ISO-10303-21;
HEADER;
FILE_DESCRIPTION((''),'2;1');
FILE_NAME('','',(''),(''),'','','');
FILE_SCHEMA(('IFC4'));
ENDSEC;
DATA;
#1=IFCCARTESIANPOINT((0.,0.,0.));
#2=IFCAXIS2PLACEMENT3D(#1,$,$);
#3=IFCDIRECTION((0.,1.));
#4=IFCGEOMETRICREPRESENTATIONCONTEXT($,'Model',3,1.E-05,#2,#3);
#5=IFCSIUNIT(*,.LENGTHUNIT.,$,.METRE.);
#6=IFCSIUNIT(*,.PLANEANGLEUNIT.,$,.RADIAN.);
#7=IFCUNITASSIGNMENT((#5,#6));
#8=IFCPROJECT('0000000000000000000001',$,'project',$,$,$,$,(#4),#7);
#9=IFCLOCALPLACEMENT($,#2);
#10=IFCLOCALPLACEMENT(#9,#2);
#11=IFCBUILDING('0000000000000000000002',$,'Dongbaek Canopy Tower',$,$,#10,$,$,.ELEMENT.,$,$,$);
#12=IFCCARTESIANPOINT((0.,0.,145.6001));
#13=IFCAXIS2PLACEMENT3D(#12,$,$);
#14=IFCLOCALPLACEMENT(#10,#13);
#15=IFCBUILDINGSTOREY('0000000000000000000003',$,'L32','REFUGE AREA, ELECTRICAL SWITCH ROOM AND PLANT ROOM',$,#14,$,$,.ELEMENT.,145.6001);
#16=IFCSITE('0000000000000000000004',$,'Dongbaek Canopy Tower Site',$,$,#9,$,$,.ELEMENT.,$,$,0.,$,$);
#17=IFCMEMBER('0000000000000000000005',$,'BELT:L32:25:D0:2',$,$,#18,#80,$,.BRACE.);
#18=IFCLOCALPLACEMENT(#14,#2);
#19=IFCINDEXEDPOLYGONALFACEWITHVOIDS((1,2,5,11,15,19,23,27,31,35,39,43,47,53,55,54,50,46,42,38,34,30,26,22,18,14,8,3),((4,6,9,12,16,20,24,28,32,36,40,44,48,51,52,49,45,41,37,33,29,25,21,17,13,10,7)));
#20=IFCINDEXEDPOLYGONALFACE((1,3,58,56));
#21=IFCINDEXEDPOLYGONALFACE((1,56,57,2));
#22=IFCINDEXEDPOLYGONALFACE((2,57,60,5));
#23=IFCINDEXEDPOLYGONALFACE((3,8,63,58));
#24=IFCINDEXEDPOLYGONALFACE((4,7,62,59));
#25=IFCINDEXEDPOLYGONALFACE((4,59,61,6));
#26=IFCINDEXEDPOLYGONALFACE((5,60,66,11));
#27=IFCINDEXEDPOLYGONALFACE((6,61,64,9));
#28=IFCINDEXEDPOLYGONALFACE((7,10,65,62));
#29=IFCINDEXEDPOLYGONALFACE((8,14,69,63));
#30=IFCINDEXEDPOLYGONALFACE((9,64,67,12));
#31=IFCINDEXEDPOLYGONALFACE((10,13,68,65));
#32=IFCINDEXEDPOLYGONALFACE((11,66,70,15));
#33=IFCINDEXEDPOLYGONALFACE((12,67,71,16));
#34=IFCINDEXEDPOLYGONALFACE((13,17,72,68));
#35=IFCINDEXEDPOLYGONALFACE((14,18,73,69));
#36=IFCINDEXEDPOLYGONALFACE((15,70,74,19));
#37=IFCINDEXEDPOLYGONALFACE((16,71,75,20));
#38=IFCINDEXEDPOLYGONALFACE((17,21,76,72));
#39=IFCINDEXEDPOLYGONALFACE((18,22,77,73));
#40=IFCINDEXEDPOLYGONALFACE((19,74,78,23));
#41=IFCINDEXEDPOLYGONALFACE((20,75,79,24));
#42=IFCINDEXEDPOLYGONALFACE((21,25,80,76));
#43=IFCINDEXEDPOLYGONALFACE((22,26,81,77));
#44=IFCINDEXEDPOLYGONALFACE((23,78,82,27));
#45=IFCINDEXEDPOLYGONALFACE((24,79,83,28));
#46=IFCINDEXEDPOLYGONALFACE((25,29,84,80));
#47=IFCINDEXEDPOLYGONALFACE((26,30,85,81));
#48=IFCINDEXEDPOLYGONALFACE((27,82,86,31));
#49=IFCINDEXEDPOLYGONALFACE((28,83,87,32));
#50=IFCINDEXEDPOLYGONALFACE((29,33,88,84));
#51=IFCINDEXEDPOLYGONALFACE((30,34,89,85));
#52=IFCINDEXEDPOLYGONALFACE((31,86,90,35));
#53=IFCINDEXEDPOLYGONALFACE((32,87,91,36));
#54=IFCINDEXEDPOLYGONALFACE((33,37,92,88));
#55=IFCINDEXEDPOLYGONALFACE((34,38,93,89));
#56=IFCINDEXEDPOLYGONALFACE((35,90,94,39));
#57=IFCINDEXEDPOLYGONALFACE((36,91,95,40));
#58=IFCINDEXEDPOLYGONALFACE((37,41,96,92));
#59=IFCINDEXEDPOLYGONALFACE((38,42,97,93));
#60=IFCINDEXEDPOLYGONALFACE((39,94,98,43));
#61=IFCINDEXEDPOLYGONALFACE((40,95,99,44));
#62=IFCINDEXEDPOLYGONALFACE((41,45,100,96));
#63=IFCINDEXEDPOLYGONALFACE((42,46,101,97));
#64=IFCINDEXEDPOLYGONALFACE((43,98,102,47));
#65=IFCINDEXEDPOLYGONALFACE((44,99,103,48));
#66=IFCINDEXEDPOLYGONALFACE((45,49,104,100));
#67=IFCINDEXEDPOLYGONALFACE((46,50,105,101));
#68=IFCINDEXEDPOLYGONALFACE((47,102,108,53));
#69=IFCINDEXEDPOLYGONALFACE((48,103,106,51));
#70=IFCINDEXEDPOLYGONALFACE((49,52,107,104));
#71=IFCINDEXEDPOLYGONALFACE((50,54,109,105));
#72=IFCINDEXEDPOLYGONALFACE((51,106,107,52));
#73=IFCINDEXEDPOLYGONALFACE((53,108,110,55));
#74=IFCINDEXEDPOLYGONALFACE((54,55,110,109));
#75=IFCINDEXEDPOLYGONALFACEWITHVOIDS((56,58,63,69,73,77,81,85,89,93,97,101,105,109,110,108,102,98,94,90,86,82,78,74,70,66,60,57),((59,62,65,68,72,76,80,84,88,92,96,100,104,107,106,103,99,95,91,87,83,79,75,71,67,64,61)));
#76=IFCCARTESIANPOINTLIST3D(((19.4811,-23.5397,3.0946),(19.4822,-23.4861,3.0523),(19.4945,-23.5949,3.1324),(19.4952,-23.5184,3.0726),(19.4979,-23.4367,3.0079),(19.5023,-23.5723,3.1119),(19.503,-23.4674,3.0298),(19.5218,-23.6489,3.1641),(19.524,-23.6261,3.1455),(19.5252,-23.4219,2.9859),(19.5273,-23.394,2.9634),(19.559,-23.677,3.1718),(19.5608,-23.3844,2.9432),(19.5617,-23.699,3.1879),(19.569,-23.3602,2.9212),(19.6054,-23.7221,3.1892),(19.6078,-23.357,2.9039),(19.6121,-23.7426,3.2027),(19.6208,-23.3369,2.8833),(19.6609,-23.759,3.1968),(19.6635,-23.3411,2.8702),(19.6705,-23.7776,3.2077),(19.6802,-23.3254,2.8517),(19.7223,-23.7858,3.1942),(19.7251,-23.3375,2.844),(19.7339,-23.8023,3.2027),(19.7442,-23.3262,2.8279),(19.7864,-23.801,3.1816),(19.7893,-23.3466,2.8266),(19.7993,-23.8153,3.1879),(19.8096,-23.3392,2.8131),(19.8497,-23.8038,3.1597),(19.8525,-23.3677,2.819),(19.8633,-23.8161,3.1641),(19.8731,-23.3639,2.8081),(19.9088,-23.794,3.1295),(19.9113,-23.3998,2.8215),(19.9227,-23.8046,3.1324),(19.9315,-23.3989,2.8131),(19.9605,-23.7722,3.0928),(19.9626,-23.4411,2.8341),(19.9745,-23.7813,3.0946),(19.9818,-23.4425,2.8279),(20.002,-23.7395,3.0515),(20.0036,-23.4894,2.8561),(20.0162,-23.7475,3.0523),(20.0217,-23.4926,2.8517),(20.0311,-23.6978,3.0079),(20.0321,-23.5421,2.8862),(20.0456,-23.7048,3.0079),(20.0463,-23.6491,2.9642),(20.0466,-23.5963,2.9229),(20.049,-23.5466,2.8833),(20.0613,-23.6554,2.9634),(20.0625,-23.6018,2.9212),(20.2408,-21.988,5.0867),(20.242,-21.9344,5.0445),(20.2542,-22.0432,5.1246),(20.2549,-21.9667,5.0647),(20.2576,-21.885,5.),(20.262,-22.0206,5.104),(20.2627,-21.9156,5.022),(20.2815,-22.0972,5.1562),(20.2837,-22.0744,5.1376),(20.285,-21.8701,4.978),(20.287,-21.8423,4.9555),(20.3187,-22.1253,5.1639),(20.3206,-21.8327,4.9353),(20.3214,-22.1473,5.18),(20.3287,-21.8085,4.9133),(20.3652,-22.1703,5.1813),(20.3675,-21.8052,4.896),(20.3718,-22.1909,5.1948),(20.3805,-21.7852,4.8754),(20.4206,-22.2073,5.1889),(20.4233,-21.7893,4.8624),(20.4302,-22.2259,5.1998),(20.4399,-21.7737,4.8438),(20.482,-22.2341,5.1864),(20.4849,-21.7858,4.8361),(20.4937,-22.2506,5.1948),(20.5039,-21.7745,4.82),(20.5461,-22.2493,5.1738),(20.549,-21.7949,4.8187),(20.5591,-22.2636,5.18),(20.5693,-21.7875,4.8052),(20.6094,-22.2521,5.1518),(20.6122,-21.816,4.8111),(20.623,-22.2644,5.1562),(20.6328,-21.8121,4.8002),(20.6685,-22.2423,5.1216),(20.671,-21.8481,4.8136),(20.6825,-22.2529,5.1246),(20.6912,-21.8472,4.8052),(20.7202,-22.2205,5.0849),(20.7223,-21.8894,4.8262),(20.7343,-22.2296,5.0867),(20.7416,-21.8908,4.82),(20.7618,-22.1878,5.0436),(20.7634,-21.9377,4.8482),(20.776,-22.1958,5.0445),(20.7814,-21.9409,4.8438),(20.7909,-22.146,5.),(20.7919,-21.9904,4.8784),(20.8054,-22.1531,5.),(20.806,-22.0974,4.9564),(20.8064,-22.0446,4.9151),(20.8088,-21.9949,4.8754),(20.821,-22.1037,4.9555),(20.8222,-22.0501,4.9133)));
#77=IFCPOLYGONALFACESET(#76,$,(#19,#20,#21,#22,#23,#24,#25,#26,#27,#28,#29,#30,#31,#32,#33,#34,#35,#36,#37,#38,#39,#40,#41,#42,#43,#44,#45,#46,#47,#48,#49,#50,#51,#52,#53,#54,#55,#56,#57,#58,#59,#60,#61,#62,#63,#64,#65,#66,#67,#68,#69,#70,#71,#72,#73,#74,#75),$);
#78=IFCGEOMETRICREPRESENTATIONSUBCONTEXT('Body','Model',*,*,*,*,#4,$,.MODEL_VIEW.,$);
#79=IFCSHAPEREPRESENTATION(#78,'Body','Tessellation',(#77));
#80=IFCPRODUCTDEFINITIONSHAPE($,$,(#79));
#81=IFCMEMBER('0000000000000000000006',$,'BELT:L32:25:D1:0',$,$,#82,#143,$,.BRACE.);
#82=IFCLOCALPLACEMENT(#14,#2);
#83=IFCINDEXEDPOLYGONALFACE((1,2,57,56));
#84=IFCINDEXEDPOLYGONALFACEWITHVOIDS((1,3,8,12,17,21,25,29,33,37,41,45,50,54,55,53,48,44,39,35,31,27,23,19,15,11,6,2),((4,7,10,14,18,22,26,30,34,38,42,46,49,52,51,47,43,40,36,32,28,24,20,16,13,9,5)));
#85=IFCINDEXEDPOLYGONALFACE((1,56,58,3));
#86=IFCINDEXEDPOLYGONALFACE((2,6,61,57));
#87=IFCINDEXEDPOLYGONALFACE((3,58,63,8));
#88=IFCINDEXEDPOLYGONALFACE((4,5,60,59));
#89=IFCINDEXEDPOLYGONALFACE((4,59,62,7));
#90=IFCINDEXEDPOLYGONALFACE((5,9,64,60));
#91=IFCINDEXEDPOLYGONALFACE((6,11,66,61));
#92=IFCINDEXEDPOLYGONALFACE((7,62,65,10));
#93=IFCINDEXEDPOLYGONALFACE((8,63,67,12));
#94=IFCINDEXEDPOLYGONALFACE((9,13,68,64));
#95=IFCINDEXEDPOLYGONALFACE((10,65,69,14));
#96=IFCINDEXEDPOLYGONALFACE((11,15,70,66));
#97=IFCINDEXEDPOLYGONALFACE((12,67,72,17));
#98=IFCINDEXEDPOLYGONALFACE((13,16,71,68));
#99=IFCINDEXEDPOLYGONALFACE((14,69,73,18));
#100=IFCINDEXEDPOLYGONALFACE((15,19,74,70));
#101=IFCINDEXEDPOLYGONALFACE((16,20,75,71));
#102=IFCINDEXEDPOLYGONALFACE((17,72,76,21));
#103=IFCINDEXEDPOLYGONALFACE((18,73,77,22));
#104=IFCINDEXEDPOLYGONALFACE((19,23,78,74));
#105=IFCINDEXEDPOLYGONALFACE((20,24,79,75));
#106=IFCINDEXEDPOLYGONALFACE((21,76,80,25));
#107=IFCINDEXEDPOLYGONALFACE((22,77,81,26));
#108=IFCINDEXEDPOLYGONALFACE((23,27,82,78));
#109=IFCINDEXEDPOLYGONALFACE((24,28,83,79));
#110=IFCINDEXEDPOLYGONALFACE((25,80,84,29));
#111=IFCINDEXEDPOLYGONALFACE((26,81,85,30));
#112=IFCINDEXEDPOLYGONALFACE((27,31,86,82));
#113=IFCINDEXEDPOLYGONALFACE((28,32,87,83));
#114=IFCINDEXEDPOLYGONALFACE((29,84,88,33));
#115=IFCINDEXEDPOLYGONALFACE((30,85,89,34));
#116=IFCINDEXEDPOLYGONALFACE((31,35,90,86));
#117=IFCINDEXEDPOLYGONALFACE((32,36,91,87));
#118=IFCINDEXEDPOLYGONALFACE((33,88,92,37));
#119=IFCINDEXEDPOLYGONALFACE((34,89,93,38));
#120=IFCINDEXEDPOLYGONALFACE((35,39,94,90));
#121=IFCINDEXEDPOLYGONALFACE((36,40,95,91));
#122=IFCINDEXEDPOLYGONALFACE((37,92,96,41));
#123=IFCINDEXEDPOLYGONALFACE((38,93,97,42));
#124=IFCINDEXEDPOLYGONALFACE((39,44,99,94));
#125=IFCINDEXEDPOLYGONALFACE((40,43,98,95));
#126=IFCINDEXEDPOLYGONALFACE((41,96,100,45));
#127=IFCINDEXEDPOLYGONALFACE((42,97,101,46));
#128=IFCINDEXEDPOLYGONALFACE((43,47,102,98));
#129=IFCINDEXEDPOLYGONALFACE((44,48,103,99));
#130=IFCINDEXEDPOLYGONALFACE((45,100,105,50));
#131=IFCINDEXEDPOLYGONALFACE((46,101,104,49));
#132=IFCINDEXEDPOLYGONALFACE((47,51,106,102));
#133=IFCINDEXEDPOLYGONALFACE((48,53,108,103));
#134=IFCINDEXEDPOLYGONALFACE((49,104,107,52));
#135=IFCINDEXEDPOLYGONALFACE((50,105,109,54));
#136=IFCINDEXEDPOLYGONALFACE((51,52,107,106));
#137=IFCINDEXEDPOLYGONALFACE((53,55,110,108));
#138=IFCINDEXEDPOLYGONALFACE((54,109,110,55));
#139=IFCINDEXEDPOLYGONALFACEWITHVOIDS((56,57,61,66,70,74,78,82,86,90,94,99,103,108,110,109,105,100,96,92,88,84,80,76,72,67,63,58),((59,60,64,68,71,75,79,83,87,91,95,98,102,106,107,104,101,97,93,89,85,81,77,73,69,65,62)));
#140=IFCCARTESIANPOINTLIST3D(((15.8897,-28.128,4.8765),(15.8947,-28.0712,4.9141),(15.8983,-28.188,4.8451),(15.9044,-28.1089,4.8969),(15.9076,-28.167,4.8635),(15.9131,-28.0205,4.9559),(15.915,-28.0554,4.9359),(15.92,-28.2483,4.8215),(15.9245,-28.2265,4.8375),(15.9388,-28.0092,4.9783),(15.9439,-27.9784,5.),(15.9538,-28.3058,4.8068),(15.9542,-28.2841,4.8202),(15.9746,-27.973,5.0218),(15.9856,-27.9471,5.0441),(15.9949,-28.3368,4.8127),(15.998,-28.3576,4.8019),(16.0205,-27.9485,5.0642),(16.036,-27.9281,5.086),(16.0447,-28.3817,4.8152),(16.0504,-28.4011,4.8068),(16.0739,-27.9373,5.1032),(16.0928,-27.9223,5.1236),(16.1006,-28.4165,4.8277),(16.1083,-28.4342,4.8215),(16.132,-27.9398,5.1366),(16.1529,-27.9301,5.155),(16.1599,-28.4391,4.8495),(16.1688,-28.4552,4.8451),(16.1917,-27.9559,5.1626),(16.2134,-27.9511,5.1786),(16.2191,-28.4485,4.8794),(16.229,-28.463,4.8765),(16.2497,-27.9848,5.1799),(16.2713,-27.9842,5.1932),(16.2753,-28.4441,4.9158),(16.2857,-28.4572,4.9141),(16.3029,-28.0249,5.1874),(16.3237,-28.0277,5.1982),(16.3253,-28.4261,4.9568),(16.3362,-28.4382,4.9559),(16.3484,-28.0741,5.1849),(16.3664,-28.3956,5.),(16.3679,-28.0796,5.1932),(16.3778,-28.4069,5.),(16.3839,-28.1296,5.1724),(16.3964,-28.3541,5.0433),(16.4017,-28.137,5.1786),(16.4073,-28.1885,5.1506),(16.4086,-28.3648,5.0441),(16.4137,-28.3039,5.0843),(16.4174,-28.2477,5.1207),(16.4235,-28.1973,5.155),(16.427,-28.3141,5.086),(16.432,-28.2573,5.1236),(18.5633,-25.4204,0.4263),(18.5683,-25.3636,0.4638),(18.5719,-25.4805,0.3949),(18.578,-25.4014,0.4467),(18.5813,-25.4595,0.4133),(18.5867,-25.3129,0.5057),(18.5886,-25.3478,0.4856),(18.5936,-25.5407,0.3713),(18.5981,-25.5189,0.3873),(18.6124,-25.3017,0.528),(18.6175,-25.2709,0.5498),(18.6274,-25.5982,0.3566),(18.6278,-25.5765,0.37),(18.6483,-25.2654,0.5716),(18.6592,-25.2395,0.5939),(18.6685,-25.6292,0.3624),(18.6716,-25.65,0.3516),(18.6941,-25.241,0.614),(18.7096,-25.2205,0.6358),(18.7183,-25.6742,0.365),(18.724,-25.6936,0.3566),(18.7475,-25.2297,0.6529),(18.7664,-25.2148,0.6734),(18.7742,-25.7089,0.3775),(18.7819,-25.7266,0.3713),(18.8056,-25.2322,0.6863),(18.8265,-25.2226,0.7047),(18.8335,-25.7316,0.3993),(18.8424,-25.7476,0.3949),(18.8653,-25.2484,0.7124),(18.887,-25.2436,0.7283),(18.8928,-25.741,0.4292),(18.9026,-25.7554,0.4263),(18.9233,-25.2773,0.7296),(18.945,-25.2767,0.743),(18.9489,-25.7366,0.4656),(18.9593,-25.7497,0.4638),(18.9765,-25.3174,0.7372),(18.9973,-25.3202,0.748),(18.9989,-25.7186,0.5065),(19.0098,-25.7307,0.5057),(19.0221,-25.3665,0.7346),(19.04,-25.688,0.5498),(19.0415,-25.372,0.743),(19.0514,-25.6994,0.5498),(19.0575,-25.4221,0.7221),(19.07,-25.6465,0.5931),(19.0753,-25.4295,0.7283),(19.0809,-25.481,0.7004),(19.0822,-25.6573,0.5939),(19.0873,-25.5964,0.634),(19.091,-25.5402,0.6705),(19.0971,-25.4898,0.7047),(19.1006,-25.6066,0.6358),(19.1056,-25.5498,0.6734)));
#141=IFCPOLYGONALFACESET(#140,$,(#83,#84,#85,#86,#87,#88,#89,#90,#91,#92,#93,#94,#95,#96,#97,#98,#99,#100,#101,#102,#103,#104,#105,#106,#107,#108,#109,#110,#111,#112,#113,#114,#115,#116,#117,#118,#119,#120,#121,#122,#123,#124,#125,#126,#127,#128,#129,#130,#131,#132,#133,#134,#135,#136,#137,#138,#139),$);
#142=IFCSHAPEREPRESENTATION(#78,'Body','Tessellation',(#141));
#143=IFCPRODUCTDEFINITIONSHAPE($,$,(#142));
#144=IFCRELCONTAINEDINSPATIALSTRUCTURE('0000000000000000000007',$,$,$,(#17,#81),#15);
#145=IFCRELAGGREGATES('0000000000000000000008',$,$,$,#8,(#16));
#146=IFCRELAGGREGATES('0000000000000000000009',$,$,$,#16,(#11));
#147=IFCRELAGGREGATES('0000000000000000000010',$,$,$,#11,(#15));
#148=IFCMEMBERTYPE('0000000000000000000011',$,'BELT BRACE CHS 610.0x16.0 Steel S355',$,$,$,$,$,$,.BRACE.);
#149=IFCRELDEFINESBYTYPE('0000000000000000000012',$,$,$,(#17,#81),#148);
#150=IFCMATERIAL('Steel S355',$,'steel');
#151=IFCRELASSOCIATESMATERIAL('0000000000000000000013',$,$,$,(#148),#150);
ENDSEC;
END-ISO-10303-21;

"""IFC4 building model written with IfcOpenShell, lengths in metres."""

from ifc_helpers import new_model, si_unit, direction, frame, origin, origin_2d, place, context, subcontext, project, spatial, hollow_circle, extrude, material, material_profile, profile_set, type_object, element, save


model = new_model("IFC4")

# Units and contexts
model_context = context("Model", 3, precision=1e-05, world=origin(), true_north=direction((0.0, 1.0)))
body_context = subcontext(model_context, "Body", "Model", "MODEL_VIEW")
ifc_project = project(units=[si_unit("LENGTHUNIT", "METRE"), si_unit("PLANEANGLEUNIT", "RADIAN")], contexts=[model_context])

# Site, building, storey
site_placement = place(None, origin())
site = spatial("IfcSite", under=ifc_project, at=site_placement, Name="Dongbaek Canopy Tower Site", CompositionType="ELEMENT", RefElevation=0.0)
building_placement = place(site_placement, origin())
building = spatial("IfcBuilding", under=site, at=building_placement, Name="Dongbaek Canopy Tower", CompositionType="ELEMENT")
storey_placement = place(building_placement, frame((0.0, 0.0, 145.6001)))
storey = spatial("IfcBuildingStorey", under=building, at=storey_placement, Name="L32", Description="REFUGE AREA, ELECTRICAL SWITCH ROOM AND PLANT ROOM", CompositionType="ELEMENT", Elevation=145.6001)

# Members
ifc_material_1 = material(Name="Steel S355", Category="steel")
ifc_material_profile_1 = material_profile(ifc_material_1, hollow_circle(Radius=0.3049, WallThickness=0.0161, at=origin_2d()), Name="BELT BRACE CHS 610.0x16.0 Steel S355")
ifc_profile_set_1 = profile_set([ifc_material_profile_1], Name="Steel S355")
member_type_1 = type_object("IfcMemberType", Name="BELT BRACE CHS 610.0x16.0 Steel S355", PredefinedType="BRACE", material=ifc_profile_set_1)
for number, where, z_axis, x_axis, name in (
    (1, (20.5315, -22.019, 5.0), (-0.288112, -0.588446, -0.755462), (0.898126, -0.439737, 0.0), "BELT:L32:25:D0:2"),
):
    element("IfcMember", number, at=place(storey_placement, frame(where, z_axis=z_axis, x_axis=x_axis)), inside=storey, type_object=member_type_1, Name=name, PredefinedType="BRACE", context=body_context, shape_type="SweptSolid", body=[
        extrude(hollow_circle(Radius=0.3049, WallThickness=0.0161, at=origin_2d()), origin(), (0.0, 0.0, 1.0), 2.637),
    ])
member_1_placement = place(storey_placement, frame((18.8345, -25.4851, 0.5498), z_axis=(-0.45662, -0.462416, 0.760046), x_axis=(0.711552, -0.702633, 0.0)))
element("IfcMember", 2, at=member_1_placement, inside=storey, type_object=member_type_1, Name="BELT:L32:25:D1:0", PredefinedType="BRACE", context=body_context, shape_type="SweptSolid", body=[
    extrude(hollow_circle(Radius=0.3049, WallThickness=0.0161, at=origin_2d()), origin(), (0.0, 0.0, 1.0), 5.8552),
])

save(model, "model.ifc")
